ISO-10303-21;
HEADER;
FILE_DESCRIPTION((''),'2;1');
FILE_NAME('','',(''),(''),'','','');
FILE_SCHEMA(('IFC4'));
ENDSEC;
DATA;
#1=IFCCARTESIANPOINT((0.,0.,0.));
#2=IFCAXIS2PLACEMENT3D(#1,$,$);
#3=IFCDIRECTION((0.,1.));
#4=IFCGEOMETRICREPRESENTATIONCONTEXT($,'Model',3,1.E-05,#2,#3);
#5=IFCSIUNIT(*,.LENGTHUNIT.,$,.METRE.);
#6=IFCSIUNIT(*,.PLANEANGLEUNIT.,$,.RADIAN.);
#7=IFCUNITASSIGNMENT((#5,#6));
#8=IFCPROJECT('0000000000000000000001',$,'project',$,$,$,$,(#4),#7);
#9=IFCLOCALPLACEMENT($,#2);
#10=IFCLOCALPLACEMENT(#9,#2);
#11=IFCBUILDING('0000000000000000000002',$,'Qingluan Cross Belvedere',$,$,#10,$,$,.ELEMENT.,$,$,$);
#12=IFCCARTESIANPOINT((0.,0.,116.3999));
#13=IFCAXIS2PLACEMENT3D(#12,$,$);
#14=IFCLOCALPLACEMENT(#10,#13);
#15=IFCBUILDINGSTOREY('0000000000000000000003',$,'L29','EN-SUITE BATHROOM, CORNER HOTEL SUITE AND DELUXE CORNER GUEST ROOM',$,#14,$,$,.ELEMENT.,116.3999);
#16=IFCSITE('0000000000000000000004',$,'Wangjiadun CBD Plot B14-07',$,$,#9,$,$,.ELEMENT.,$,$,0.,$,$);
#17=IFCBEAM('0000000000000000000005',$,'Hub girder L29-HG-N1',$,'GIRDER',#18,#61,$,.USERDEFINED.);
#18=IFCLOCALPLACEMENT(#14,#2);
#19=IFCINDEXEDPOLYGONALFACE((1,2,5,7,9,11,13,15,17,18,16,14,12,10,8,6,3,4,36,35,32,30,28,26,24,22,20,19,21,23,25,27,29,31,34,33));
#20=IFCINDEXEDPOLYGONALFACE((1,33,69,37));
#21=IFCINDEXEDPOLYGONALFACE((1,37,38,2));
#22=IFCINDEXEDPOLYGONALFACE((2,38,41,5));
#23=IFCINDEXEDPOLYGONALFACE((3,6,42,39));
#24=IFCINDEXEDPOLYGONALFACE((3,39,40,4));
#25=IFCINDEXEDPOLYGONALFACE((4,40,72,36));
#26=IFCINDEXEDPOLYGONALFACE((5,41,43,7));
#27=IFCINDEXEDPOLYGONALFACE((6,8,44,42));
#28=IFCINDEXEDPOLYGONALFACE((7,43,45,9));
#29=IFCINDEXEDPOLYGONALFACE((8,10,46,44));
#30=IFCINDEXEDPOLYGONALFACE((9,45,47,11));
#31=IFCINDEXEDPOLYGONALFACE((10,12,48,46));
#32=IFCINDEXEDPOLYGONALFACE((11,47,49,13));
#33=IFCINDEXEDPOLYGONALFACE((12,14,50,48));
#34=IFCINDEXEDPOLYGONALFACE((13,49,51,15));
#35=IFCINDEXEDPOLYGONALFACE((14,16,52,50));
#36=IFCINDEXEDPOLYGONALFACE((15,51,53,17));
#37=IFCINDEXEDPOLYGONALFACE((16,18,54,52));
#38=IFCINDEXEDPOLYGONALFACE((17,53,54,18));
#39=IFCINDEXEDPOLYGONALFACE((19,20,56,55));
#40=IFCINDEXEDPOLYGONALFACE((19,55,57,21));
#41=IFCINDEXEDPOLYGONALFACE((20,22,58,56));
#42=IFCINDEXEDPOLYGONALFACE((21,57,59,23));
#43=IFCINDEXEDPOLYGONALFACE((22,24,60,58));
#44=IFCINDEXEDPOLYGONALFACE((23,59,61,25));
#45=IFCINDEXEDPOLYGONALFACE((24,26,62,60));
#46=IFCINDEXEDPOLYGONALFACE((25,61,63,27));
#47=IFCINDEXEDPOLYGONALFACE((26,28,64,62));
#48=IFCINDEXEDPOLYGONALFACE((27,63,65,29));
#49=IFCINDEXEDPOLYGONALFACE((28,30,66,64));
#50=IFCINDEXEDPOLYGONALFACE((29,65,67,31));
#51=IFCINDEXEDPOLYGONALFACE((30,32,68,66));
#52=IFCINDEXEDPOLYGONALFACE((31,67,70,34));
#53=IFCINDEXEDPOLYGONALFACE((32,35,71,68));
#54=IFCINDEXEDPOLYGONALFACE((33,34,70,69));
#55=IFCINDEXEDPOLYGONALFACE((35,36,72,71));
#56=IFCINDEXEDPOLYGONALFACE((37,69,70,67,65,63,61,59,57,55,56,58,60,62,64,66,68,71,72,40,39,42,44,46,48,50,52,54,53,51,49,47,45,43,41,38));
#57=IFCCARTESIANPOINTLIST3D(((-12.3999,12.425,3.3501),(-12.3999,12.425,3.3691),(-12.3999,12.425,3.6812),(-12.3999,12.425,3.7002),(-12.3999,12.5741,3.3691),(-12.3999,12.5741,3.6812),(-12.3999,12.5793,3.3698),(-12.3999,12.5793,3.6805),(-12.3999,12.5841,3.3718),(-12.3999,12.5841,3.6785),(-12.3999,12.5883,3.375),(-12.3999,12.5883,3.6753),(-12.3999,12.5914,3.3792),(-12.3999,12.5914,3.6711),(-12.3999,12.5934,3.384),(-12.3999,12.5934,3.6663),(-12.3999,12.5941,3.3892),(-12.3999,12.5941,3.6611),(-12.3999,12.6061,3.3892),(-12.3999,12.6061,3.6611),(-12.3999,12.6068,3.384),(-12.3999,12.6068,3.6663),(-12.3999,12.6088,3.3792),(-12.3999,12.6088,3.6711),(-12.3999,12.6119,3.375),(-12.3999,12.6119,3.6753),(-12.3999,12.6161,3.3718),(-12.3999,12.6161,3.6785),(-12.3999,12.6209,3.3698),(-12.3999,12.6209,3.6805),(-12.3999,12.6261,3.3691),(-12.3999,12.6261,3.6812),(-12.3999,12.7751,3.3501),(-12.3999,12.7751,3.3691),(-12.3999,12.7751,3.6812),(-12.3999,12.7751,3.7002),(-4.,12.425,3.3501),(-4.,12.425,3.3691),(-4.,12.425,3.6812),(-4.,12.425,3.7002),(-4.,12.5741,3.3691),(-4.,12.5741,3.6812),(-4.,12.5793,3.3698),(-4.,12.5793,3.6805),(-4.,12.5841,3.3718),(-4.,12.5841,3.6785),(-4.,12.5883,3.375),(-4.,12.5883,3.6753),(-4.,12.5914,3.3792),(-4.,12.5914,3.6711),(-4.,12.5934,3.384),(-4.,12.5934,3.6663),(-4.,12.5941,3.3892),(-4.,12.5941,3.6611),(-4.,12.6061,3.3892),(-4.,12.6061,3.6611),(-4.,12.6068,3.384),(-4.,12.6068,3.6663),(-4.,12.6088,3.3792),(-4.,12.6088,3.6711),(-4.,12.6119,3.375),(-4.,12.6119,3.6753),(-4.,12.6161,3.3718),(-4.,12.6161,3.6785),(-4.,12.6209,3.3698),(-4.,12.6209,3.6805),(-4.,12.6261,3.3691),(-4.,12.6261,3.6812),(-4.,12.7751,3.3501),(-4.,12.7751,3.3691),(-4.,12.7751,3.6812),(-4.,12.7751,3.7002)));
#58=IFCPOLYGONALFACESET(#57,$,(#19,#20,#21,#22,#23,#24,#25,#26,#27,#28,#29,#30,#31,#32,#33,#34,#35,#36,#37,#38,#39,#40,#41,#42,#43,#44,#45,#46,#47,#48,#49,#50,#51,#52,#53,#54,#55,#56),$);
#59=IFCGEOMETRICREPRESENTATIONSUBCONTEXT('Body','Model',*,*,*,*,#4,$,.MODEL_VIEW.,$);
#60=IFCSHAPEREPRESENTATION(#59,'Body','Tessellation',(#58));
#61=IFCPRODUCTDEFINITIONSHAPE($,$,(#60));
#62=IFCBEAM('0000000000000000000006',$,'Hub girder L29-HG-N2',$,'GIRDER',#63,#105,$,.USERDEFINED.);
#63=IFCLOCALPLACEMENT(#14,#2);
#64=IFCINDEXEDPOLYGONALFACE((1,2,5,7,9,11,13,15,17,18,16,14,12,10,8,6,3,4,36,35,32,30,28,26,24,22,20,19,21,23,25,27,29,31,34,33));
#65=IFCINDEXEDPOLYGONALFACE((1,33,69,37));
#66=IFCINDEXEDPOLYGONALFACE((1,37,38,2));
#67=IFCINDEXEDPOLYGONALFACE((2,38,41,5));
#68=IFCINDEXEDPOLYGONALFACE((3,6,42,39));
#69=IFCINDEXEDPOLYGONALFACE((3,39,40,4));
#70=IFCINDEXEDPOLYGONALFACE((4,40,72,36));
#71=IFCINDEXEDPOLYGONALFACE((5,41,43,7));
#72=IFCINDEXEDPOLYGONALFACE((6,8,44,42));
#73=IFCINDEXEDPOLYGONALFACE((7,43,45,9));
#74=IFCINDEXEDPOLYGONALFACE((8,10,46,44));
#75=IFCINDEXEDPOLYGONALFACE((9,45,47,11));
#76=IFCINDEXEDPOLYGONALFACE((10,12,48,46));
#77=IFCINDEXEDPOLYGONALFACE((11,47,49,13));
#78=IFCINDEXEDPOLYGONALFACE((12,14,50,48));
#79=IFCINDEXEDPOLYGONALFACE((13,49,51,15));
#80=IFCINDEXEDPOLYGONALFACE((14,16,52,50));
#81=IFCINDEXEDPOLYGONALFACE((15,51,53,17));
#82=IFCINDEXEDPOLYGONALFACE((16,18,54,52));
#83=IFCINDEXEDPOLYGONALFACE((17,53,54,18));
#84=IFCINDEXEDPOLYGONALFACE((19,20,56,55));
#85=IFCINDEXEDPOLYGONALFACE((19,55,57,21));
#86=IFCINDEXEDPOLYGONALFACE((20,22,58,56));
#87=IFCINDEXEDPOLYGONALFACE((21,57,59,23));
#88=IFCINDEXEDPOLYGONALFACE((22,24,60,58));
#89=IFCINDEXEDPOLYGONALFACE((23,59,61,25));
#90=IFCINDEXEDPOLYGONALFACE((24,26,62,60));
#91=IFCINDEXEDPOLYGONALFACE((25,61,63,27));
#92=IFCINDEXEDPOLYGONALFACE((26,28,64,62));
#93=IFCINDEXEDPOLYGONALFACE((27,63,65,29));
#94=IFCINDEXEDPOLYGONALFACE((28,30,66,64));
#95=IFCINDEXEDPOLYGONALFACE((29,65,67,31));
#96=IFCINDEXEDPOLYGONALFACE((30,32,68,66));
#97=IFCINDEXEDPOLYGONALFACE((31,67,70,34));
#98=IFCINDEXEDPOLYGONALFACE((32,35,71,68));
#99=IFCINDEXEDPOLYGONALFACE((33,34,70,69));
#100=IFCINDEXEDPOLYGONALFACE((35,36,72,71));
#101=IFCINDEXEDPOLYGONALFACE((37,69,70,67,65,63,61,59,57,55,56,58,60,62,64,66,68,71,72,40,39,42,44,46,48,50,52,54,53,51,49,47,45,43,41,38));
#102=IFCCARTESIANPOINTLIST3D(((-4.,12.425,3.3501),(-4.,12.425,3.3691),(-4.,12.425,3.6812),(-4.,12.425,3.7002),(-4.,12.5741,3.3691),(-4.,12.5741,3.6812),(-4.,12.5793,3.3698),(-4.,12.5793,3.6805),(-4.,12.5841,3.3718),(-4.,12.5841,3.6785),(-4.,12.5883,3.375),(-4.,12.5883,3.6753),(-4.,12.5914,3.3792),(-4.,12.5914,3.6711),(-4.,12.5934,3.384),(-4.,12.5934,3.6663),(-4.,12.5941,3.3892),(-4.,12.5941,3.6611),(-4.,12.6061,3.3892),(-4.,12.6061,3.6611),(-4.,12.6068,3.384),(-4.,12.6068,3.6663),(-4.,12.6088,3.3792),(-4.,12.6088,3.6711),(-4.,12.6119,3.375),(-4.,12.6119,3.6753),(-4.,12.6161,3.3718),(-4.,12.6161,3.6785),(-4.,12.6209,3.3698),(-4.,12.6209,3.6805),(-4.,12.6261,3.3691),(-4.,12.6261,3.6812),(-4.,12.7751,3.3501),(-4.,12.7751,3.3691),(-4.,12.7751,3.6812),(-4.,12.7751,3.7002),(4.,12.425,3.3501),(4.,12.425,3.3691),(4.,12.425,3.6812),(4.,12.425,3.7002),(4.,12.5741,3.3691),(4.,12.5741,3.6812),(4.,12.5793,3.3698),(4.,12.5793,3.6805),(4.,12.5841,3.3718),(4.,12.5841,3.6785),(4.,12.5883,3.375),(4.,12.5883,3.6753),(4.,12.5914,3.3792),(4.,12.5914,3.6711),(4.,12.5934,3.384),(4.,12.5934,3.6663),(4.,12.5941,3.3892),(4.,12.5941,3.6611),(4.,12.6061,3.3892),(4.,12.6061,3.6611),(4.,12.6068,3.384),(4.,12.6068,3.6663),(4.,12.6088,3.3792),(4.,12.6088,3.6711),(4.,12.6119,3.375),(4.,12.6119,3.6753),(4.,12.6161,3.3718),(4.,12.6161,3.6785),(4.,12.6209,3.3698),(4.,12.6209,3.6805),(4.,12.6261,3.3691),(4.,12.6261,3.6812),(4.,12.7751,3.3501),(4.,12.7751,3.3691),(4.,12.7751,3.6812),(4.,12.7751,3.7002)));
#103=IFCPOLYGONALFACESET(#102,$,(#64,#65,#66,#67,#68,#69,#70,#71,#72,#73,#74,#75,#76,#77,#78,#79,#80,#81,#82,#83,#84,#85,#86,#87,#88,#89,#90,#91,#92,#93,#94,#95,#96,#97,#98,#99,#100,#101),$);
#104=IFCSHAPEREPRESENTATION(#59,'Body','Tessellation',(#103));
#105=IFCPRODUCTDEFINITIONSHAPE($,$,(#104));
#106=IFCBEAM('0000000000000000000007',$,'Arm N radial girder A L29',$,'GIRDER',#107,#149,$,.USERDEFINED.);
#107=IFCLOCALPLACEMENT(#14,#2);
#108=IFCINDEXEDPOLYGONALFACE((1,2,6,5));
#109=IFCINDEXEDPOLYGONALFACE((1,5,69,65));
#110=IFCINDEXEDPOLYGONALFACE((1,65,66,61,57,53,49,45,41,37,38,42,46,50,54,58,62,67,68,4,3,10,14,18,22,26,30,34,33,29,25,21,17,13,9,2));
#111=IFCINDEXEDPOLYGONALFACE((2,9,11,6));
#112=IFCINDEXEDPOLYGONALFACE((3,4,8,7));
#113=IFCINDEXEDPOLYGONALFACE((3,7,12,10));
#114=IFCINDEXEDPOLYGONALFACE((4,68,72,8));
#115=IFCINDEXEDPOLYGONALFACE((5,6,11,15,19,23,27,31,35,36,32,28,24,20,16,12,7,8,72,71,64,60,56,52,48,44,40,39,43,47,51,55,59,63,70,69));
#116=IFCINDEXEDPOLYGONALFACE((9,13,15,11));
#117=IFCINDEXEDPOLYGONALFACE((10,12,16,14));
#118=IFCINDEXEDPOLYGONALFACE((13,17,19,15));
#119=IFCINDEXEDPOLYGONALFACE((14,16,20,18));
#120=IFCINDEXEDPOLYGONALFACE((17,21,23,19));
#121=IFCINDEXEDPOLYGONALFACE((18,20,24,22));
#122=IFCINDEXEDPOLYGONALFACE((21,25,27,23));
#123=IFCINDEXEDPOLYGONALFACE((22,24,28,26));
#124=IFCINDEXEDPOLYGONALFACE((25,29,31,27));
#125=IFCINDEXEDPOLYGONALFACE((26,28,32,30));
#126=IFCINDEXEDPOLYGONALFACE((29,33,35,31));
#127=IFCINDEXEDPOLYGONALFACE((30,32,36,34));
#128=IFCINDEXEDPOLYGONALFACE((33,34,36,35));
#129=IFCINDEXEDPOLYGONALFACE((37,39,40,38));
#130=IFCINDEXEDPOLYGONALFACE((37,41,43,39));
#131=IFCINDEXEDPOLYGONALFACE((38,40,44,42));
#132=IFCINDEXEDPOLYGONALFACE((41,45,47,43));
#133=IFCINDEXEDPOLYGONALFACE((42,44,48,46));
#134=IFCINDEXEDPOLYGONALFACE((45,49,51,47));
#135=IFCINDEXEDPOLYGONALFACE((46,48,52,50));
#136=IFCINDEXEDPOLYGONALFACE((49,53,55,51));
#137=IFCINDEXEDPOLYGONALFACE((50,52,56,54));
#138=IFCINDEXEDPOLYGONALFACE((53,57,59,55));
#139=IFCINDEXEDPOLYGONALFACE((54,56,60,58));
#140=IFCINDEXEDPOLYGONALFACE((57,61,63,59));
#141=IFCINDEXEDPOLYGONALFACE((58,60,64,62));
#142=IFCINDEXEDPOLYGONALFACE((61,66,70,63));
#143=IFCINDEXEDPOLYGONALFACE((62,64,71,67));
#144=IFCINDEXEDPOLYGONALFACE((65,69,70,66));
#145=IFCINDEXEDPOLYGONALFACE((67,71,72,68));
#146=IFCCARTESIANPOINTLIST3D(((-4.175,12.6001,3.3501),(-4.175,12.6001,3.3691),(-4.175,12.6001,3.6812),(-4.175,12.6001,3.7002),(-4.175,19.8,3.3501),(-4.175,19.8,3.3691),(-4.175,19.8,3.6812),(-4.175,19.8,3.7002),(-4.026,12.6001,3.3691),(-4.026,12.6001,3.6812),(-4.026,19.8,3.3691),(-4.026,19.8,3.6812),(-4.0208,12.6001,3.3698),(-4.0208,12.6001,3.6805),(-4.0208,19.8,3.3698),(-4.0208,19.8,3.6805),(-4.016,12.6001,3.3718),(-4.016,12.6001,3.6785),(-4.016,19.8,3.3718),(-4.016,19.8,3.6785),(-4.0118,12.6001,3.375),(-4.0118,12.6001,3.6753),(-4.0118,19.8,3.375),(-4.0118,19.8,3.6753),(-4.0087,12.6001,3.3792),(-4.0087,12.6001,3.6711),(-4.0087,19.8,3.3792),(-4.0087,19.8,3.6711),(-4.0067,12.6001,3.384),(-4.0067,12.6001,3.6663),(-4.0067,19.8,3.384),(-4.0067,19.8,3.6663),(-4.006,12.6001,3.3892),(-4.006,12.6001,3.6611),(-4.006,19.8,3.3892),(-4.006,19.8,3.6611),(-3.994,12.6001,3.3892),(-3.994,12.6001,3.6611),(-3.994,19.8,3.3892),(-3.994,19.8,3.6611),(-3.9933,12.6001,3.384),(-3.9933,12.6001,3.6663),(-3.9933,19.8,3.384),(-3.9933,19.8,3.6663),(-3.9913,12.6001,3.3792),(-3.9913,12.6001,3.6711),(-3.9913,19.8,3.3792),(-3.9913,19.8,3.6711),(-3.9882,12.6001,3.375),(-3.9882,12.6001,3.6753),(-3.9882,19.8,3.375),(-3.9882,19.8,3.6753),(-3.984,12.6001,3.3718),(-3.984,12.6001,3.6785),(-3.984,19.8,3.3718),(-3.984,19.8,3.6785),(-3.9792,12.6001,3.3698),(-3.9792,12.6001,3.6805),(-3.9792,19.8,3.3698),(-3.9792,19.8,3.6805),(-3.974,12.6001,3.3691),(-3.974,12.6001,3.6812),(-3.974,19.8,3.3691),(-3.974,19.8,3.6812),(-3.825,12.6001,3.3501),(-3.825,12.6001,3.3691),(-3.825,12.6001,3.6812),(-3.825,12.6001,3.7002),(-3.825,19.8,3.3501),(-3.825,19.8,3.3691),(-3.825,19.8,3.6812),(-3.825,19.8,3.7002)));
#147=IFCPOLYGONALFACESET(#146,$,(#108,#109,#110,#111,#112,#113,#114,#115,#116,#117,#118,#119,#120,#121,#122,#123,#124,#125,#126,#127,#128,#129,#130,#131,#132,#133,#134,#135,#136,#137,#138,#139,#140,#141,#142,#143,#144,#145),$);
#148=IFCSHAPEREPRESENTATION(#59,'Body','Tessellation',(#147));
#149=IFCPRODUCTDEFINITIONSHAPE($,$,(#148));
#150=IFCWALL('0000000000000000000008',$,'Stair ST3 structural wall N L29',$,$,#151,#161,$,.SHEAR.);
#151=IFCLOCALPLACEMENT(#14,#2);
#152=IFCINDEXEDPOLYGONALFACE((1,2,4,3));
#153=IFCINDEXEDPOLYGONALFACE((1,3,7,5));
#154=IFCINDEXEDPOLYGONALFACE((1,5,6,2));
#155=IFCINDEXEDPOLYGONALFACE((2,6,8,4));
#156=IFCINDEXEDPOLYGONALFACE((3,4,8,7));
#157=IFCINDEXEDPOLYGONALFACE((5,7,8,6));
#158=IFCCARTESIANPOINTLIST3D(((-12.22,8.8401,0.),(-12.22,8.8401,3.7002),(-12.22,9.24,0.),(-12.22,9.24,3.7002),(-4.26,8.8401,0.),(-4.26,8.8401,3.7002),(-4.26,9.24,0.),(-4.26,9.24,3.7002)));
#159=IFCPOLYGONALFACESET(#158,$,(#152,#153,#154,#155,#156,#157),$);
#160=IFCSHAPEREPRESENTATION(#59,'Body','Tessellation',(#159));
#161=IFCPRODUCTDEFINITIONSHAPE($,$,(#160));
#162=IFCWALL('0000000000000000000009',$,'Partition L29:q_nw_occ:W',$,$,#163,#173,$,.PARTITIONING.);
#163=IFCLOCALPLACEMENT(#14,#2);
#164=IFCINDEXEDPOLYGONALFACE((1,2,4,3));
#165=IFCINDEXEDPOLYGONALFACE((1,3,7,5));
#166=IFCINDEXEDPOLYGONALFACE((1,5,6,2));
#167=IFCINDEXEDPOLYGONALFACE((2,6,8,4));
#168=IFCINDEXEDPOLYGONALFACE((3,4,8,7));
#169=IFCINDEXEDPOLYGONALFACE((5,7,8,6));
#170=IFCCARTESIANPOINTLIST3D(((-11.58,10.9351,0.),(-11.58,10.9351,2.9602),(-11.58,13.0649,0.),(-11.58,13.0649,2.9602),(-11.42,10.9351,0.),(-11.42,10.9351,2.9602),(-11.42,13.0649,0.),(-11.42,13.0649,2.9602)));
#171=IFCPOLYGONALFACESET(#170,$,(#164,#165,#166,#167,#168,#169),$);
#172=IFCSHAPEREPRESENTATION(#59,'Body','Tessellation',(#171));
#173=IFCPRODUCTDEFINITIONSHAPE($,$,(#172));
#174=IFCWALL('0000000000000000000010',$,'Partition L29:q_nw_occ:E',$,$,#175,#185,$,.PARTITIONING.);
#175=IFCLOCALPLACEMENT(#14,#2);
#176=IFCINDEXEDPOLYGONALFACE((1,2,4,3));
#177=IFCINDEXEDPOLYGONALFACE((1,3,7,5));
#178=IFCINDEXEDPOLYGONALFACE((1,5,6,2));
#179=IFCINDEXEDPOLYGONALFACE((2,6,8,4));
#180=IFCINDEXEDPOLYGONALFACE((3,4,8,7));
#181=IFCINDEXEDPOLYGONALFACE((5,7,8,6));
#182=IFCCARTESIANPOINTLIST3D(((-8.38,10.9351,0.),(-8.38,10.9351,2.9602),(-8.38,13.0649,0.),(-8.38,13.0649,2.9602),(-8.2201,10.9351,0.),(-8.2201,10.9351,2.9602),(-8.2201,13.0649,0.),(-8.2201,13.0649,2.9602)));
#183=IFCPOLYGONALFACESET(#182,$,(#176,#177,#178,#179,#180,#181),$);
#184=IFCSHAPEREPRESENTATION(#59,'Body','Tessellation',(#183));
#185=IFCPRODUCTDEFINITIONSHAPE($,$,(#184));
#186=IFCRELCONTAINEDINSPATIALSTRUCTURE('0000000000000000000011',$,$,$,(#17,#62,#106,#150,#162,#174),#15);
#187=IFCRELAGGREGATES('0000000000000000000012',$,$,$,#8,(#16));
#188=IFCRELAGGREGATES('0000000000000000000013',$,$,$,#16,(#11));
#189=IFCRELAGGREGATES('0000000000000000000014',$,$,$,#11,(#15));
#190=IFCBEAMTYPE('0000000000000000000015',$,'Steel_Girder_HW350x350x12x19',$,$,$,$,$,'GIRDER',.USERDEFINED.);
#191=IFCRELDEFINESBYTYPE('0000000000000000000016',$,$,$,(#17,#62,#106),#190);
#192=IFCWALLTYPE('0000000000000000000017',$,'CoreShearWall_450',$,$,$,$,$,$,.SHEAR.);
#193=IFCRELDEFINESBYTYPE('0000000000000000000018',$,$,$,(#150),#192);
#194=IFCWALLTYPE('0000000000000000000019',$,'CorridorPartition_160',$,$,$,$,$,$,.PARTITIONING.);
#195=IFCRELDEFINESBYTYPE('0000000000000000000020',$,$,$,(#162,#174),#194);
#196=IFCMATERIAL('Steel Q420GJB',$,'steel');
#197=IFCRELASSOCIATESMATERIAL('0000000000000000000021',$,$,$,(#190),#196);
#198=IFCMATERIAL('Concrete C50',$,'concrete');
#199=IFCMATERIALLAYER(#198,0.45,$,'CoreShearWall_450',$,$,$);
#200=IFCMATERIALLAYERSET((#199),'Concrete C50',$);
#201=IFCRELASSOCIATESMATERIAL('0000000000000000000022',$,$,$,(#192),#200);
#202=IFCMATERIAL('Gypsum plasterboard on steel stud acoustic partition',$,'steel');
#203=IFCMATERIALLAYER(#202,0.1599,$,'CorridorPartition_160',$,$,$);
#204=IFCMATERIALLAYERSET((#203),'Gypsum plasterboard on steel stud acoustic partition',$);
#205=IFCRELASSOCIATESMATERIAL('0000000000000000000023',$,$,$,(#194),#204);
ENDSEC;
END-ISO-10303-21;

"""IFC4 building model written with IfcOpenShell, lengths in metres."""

from ifc_helpers import new_model, si_unit, direction, frame, frame_2d, origin, origin_2d, place, context, subcontext, project, spatial, rectangle, i_section, extrude, material, layer, layer_set, material_profile, profile_set, type_object, element, save


model = new_model("IFC4")

# Units and contexts
model_context = context("Model", 3, precision=1e-05, world=origin(), true_north=direction((0.0, 1.0)))
body_context = subcontext(model_context, "Body", "Model", "MODEL_VIEW")
ifc_project = project(units=[si_unit("LENGTHUNIT", "METRE"), si_unit("PLANEANGLEUNIT", "RADIAN")], contexts=[model_context])

# Site, building, storey
site_placement = place(None, origin())
site = spatial("IfcSite", under=ifc_project, at=site_placement, Name="Wangjiadun CBD Plot B14-07", CompositionType="ELEMENT", RefElevation=0.0)
building_placement = place(site_placement, origin())
building = spatial("IfcBuilding", under=site, at=building_placement, Name="Qingluan Cross Belvedere", CompositionType="ELEMENT")
storey_placement = place(building_placement, frame((0.0, 0.0, 116.3999)))
storey = spatial("IfcBuildingStorey", under=building, at=storey_placement, Name="L29", Description="EN-SUITE BATHROOM, CORNER HOTEL SUITE AND DELUXE CORNER GUEST ROOM", CompositionType="ELEMENT", Elevation=116.3999)

# Beams
ifc_material_1 = material(Name="Steel Q420GJB", Category="steel")
ifc_material_profile_1 = material_profile(ifc_material_1, i_section(OverallWidth=0.3501, OverallDepth=0.3501, WebThickness=0.012, FlangeThickness=0.019, FilletRadius=0.02, at=origin_2d()), Name="HW350x350x12x19")
ifc_profile_set_1 = profile_set([ifc_material_profile_1], Name="Steel Q420GJB")
beam_type_1 = type_object("IfcBeamType", Name="Steel_Girder_HW350x350x12x19", ElementType="GIRDER", PredefinedType="USERDEFINED", material=ifc_profile_set_1)
beam_1_placement = place(storey_placement, frame((-12.3999, 12.6001, 3.5251), z_axis=(1.0, 0.0, 0.0), x_axis=(0.0, 1.0, 0.0)))
element("IfcBeam", 1, at=beam_1_placement, inside=storey, type_object=beam_type_1, Name="Hub girder L29-HG-N1", ObjectType="GIRDER", PredefinedType="USERDEFINED", context=body_context, shape_type="SweptSolid", body=[
    extrude(i_section(OverallWidth=0.3501, OverallDepth=0.3501, WebThickness=0.012, FlangeThickness=0.019, FilletRadius=0.02, at=origin_2d()), origin(), (0.0, 0.0, 1.0), 8.3999),
])
beam_2_placement = place(storey_placement, frame((-4.0, 12.6001, 3.5251), z_axis=(1.0, 0.0, 0.0), x_axis=(0.0, 1.0, 0.0)))
element("IfcBeam", 2, at=beam_2_placement, inside=storey, type_object=beam_type_1, Name="Hub girder L29-HG-N2", ObjectType="GIRDER", PredefinedType="USERDEFINED", context=body_context, shape_type="SweptSolid", body=[
    extrude(i_section(OverallWidth=0.3501, OverallDepth=0.3501, WebThickness=0.012, FlangeThickness=0.019, FilletRadius=0.02, at=origin_2d()), origin(), (0.0, 0.0, 1.0), 8.0),
])
beam_3_placement = place(storey_placement, frame((-4.0, 12.6001, 3.5251), z_axis=(0.0, 1.0, 0.0), x_axis=(-1.0, 0.0, 0.0)))
element("IfcBeam", 3, at=beam_3_placement, inside=storey, type_object=beam_type_1, Name="Arm N radial girder A L29", ObjectType="GIRDER", PredefinedType="USERDEFINED", context=body_context, shape_type="SweptSolid", body=[
    extrude(i_section(OverallWidth=0.3501, OverallDepth=0.3501, WebThickness=0.012, FlangeThickness=0.019, FilletRadius=0.02, at=origin_2d()), origin(), (0.0, 0.0, 1.0), 7.2),
])

# Wall
ifc_material_2 = material(Name="Concrete C50", Category="concrete")
ifc_layer_1 = layer(ifc_material_2, 0.45, Name="CoreShearWall_450")
ifc_layer_set_1 = layer_set([ifc_layer_1], Name="Concrete C50")
wall_type_1 = type_object("IfcWallType", Name="CoreShearWall_450", PredefinedType="SHEAR", material=ifc_layer_set_1)
wall_1_placement = place(storey_placement, frame((-12.22, 9.04, 0.0), z_axis=(0.0, 0.0, 1.0), x_axis=(1.0, 0.0, 0.0)))
element("IfcWall", 4, at=wall_1_placement, inside=storey, type_object=wall_type_1, Name="Stair ST3 structural wall N L29", PredefinedType="SHEAR", context=body_context, shape_type="SweptSolid", body=[
    extrude(rectangle(XDim=7.96, YDim=0.3999, at=frame_2d((3.98, 0.0))), origin(), (0.0, 0.0, 1.0), 3.7002),
])

# Shared definitions
ifc_material_3 = material(Name="Gypsum plasterboard on steel stud acoustic partition", Category="steel")
ifc_layer_2 = layer(ifc_material_3, 0.1599, Name="CorridorPartition_160")
ifc_layer_set_2 = layer_set([ifc_layer_2], Name="Gypsum plasterboard on steel stud acoustic partition")
wall_type_2 = type_object("IfcWallType", Name="CorridorPartition_160", PredefinedType="PARTITIONING", material=ifc_layer_set_2)

# Walls
for number, where, z_axis, x_axis, name in (
    (5, (-11.5, 10.9351, 0.0), (0.0, 0.0, 1.0), (0.0, 1.0, 0.0), "Partition L29:q_nw_occ:W"),
    (6, (-8.3, 10.9351, 0.0), (0.0, 0.0, 1.0), (0.0, 1.0, 0.0), "Partition L29:q_nw_occ:E"),
):
    element("IfcWall", number, at=place(storey_placement, frame(where, z_axis=z_axis, x_axis=x_axis)), inside=storey, type_object=wall_type_2, Name=name, PredefinedType="PARTITIONING", context=body_context, shape_type="SweptSolid", body=[
        extrude(rectangle(XDim=2.1299, YDim=0.1599, at=frame_2d((1.0649, 0.0))), origin(), (0.0, 0.0, 1.0), 2.9602),
    ])

save(model, "model.ifc")
